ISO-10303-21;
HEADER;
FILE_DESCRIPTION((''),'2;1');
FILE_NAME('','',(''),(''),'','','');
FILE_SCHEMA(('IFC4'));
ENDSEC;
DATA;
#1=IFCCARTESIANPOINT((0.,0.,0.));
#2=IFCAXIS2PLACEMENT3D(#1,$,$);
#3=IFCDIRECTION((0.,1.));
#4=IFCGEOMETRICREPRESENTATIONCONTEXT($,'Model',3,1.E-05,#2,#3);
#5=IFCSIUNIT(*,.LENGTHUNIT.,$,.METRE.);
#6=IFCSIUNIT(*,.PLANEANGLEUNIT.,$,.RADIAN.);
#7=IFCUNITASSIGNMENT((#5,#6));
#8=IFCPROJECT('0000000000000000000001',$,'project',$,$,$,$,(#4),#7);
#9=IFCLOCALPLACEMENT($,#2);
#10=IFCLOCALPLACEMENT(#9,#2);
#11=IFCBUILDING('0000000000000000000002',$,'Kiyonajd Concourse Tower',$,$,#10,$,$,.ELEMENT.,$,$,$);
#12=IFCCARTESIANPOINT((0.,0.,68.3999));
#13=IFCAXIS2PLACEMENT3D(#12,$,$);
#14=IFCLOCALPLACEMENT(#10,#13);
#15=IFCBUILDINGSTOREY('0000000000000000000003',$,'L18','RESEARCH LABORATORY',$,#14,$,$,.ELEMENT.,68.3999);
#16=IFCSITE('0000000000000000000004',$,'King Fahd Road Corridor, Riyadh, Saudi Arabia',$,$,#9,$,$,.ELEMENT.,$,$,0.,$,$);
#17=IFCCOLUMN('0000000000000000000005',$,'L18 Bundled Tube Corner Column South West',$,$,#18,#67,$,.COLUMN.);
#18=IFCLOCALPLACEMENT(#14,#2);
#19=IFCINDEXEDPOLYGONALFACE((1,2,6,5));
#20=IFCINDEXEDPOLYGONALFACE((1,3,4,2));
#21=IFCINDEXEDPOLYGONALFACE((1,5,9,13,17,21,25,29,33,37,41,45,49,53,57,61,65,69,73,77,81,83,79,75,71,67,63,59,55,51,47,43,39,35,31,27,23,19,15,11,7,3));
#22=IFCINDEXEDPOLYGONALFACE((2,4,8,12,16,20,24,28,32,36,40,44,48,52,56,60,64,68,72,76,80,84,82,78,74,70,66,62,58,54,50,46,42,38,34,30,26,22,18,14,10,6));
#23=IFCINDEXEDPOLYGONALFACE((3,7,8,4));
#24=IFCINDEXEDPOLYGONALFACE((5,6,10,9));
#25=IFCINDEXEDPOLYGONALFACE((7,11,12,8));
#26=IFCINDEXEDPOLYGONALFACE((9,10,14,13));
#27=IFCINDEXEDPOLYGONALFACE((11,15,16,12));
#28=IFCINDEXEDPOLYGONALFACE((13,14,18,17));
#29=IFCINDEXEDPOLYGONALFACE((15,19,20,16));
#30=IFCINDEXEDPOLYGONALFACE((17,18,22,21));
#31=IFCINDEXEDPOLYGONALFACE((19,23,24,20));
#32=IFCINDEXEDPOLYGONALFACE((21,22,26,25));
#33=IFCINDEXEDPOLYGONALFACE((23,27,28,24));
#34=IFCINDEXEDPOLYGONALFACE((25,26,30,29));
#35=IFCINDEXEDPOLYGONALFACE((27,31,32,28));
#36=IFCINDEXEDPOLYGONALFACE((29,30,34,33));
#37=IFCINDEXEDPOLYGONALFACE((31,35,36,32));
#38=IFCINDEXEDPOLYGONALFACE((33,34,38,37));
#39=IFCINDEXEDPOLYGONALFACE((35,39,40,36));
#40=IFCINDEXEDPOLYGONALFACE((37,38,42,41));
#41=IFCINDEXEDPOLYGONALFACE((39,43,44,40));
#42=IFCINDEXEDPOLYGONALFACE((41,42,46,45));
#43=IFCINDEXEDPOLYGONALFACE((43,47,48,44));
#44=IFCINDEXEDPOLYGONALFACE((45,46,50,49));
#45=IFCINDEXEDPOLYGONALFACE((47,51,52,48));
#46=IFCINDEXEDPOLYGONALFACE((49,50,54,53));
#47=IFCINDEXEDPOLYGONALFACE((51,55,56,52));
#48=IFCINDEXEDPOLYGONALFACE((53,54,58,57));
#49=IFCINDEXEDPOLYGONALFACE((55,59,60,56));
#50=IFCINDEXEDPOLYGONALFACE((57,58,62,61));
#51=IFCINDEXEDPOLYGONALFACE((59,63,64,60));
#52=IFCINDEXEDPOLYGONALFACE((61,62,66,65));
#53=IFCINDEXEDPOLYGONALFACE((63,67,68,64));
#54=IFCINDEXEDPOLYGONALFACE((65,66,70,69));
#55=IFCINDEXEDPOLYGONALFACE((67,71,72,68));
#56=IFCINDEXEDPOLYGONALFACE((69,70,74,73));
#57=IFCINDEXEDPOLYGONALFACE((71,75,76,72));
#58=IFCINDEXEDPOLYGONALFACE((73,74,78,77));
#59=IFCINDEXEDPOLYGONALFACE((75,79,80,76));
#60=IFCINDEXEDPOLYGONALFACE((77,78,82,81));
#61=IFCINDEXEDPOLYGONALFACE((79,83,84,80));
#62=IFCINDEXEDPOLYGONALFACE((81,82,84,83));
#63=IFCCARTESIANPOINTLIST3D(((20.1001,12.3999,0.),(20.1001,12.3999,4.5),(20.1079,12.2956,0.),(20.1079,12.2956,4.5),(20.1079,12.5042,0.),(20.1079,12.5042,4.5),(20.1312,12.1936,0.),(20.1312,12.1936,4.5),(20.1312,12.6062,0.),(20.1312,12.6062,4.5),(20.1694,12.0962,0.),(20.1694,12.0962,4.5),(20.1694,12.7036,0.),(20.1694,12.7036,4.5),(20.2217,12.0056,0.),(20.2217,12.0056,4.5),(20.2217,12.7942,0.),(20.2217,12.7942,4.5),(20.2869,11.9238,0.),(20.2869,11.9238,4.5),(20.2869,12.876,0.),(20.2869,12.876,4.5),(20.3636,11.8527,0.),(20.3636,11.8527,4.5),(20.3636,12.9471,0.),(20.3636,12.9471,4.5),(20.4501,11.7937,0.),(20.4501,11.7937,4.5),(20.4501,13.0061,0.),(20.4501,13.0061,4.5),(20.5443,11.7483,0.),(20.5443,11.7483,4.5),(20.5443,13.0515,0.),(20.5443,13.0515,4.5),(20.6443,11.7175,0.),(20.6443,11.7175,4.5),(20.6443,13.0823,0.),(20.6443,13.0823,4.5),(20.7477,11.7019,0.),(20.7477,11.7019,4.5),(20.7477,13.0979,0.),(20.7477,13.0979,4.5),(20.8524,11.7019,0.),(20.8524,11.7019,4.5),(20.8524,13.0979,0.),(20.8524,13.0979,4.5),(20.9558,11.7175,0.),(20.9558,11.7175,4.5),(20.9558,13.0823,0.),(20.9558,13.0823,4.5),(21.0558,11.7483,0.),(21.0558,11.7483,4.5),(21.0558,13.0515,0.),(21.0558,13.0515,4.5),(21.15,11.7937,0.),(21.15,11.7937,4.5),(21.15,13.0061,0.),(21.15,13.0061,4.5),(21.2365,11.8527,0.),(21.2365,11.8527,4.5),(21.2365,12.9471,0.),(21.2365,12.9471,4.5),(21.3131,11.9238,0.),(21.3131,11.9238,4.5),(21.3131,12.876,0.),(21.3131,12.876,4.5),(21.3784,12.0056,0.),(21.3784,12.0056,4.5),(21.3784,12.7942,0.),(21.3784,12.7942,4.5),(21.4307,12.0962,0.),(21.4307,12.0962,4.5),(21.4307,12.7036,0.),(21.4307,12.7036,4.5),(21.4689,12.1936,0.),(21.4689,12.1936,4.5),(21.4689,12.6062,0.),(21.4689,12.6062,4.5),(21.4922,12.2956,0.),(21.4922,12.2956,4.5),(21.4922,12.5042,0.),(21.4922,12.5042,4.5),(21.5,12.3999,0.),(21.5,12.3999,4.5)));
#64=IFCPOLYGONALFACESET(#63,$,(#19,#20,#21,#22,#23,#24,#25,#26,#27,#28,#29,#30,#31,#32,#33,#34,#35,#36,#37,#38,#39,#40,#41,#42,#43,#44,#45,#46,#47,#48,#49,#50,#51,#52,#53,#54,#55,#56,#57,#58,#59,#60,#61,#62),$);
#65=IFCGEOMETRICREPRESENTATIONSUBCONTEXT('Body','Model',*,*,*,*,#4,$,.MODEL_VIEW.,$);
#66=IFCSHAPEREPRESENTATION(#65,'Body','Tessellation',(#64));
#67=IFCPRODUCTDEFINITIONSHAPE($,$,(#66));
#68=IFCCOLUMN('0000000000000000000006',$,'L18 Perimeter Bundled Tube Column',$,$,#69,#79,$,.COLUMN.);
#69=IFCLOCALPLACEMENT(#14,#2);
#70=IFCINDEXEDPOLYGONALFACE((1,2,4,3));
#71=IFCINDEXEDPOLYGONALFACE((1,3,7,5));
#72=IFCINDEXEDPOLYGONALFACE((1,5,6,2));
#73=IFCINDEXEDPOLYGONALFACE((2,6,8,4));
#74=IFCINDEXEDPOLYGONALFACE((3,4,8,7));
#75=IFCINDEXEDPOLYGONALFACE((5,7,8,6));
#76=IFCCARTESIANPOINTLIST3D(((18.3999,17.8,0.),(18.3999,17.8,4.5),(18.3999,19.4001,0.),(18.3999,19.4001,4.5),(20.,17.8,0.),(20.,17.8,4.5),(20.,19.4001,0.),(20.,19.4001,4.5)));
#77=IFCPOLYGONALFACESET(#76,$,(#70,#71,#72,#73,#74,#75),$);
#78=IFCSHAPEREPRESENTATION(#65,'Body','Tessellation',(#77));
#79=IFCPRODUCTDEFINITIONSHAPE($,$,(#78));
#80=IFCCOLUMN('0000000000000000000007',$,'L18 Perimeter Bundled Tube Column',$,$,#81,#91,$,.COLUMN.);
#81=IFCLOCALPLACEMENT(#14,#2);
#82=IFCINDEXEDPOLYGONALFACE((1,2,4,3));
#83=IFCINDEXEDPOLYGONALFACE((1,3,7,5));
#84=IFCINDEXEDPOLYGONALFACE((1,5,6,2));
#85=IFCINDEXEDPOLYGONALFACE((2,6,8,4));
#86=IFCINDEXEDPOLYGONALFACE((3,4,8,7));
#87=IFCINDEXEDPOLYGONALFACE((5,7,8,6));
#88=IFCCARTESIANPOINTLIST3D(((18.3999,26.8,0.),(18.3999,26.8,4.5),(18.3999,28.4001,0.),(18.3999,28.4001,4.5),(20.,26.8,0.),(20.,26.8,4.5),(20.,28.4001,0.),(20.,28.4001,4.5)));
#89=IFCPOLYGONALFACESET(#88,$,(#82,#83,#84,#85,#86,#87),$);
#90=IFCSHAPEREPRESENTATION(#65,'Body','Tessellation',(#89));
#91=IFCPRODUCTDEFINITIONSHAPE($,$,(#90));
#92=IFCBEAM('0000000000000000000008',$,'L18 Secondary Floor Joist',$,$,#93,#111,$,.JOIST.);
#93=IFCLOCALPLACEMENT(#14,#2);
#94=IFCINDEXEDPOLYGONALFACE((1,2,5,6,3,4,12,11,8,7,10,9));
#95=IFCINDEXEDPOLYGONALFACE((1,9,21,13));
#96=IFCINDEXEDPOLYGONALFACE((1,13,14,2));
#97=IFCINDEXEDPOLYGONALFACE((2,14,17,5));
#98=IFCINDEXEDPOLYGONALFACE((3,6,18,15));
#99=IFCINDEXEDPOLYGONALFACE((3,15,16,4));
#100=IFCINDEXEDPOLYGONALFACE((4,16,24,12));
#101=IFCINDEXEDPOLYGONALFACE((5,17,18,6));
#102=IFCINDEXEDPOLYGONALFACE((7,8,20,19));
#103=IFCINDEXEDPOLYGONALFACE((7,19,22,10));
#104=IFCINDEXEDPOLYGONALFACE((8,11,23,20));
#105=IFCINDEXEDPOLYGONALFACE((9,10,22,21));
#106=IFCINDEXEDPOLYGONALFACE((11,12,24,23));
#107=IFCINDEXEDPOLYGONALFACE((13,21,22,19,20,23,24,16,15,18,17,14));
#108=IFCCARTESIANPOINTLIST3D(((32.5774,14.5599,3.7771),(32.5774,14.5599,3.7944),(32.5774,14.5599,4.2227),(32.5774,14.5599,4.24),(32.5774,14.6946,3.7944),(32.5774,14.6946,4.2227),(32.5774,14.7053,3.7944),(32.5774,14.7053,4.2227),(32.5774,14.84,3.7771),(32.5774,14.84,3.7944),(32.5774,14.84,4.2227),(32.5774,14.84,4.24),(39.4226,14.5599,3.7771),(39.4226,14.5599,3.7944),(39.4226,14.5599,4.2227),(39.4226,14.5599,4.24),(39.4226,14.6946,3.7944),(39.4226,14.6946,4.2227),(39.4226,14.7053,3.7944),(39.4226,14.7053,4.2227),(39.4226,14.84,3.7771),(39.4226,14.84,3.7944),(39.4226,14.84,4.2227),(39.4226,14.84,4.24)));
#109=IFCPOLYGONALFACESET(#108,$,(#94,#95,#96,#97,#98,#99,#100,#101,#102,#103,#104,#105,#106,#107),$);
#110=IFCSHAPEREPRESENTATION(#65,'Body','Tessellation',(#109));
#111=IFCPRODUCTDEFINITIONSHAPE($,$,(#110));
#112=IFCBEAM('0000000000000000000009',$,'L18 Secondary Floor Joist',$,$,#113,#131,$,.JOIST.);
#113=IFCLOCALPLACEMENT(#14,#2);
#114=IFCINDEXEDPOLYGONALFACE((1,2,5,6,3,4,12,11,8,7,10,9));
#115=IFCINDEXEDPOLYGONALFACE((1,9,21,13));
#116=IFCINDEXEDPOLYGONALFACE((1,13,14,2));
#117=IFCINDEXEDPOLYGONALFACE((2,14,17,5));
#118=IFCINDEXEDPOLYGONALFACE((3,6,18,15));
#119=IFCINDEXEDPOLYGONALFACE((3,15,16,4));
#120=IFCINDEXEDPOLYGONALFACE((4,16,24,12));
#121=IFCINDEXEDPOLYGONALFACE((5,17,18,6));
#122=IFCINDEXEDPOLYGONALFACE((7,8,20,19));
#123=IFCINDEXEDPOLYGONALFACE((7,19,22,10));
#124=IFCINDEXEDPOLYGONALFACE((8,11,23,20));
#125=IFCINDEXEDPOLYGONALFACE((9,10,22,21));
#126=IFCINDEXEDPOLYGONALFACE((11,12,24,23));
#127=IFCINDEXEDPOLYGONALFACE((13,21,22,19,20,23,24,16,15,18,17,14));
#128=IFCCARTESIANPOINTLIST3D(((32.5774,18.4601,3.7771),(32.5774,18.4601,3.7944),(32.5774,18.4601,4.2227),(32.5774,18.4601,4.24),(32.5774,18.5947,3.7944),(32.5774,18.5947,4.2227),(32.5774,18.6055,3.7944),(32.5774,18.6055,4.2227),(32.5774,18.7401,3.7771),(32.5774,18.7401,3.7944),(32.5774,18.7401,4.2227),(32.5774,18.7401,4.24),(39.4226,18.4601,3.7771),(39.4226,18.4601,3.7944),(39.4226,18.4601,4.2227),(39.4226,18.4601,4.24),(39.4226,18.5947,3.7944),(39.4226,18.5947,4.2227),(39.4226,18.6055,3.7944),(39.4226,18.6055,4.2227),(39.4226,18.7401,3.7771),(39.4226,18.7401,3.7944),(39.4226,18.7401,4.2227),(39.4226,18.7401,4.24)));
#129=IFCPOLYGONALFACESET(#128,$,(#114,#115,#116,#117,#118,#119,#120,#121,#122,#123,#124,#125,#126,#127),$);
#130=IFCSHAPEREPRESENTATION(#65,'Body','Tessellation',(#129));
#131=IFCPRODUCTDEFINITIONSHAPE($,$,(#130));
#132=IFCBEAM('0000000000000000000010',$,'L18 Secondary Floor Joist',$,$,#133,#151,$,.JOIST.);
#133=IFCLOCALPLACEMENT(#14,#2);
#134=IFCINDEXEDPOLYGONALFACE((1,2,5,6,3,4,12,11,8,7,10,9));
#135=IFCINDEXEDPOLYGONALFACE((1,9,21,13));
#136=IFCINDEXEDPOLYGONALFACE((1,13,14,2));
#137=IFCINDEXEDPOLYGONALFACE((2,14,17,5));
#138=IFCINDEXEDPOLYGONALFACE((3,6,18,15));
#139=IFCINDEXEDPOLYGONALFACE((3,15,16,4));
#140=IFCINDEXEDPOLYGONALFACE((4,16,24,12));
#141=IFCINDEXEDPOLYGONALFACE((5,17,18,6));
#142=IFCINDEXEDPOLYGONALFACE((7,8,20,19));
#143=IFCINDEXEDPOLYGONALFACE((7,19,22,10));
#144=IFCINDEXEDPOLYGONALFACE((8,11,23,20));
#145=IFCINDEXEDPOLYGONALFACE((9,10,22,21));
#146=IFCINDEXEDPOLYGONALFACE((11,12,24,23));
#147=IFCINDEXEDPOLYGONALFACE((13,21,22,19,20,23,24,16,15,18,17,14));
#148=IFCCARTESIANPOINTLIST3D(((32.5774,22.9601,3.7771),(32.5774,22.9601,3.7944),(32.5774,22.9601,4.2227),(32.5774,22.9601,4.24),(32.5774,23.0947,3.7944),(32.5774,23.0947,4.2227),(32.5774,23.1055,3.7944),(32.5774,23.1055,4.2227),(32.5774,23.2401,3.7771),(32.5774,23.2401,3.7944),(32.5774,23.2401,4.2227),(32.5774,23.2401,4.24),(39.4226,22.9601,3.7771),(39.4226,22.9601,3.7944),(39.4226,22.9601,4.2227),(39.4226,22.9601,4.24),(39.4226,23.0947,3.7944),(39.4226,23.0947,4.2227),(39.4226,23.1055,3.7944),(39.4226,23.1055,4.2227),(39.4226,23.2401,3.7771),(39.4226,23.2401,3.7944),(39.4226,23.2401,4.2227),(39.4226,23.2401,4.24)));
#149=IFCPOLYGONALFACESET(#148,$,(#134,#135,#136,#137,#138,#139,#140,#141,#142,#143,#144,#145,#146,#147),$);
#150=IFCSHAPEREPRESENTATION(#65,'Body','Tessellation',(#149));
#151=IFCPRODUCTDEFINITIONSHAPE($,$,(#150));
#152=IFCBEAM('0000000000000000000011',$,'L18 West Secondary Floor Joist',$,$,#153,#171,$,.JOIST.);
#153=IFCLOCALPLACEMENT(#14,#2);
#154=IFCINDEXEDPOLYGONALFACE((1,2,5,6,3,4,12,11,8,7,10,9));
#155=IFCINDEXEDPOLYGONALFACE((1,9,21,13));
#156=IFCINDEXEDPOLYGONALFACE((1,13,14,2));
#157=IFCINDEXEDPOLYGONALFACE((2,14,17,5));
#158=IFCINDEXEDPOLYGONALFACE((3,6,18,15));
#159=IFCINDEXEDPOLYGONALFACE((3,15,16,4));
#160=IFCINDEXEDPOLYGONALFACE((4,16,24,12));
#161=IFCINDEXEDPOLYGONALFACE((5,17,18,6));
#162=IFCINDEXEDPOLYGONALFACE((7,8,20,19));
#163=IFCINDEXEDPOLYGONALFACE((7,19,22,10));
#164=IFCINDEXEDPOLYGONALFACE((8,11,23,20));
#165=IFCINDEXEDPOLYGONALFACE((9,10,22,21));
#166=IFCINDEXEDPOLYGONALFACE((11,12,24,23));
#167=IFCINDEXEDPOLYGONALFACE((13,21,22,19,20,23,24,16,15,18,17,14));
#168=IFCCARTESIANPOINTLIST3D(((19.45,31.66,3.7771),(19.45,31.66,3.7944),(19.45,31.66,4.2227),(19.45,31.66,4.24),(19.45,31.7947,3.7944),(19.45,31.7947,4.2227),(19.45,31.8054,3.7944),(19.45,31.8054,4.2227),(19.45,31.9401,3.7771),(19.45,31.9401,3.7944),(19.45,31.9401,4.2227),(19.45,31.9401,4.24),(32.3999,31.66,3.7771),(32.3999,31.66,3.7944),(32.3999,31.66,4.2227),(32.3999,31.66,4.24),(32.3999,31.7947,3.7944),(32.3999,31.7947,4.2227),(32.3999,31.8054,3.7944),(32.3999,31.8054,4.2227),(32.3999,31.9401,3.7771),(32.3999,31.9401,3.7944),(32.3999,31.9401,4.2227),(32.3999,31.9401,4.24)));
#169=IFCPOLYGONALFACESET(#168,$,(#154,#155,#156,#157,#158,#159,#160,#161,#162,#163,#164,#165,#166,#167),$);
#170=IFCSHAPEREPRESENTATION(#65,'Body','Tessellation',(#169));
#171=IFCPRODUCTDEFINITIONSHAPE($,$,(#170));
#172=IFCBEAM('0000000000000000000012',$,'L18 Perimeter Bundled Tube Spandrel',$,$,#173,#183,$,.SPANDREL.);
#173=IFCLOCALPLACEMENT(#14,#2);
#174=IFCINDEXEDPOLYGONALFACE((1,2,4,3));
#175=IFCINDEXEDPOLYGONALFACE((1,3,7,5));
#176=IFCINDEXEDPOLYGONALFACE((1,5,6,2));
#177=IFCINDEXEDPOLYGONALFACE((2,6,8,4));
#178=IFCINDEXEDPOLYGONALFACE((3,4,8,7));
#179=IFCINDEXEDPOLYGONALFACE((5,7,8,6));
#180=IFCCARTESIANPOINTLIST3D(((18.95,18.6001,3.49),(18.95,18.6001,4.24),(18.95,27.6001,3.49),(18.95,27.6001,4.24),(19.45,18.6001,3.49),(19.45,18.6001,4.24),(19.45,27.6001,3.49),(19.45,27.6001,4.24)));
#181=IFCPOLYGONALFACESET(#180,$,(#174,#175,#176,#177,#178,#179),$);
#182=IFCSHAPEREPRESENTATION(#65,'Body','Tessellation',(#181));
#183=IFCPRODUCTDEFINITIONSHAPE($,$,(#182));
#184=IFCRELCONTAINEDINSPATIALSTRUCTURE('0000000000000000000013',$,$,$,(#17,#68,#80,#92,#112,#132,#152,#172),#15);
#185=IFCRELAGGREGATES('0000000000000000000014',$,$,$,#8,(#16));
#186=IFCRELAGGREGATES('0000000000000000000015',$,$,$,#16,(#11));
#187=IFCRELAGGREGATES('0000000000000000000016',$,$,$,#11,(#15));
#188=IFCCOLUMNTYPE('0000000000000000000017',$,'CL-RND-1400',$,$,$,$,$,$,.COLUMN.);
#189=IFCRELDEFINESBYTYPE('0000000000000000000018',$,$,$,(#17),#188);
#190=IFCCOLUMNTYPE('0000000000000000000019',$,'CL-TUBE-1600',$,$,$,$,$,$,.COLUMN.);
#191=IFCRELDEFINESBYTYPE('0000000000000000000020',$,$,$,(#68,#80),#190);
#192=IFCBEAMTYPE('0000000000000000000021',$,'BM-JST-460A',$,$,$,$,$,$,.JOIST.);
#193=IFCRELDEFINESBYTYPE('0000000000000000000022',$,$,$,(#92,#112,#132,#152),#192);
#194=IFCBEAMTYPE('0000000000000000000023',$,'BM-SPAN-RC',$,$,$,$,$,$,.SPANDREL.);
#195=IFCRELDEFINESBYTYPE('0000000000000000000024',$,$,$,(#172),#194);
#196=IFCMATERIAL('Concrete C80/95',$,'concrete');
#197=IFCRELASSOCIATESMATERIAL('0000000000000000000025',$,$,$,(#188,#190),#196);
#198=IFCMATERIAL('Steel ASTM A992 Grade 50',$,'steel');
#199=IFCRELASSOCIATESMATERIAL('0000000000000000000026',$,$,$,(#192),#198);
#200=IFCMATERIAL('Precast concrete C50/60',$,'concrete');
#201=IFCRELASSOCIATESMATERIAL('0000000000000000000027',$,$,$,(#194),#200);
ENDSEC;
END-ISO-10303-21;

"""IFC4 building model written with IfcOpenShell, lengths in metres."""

from ifc_helpers import new_model, si_unit, direction, frame, origin, origin_2d, place, context, subcontext, project, spatial, rectangle, circle, i_section, extrude, material, material_profile, profile_set, type_object, element, save


model = new_model("IFC4")

# Units and contexts
model_context = context("Model", 3, precision=1e-05, world=origin(), true_north=direction((0.0, 1.0)))
body_context = subcontext(model_context, "Body", "Model", "MODEL_VIEW")
ifc_project = project(units=[si_unit("LENGTHUNIT", "METRE"), si_unit("PLANEANGLEUNIT", "RADIAN")], contexts=[model_context])

# Site, building, storey
site_placement = place(None, origin())
site = spatial("IfcSite", under=ifc_project, at=site_placement, Name="King Fahd Road Corridor, Riyadh, Saudi Arabia", CompositionType="ELEMENT", RefElevation=0.0)
building_placement = place(site_placement, origin())
building = spatial("IfcBuilding", under=site, at=building_placement, Name="Kiyonajd Concourse Tower", CompositionType="ELEMENT")
storey_placement = place(building_placement, frame((0.0, 0.0, 68.3999)))
storey = spatial("IfcBuildingStorey", under=building, at=storey_placement, Name="L18", Description="RESEARCH LABORATORY", CompositionType="ELEMENT", Elevation=68.3999)

# Columns
ifc_material_1 = material(Name="Concrete C80/95", Category="concrete")
ifc_material_profile_1 = material_profile(ifc_material_1, circle(Radius=0.7, at=origin_2d()), Name="RCC-D1400")
ifc_profile_set_1 = profile_set([ifc_material_profile_1], Name="Concrete C80/95")
column_type_1 = type_object("IfcColumnType", Name="CL-RND-1400", PredefinedType="COLUMN", material=ifc_profile_set_1)
column_placement = place(storey_placement, frame((20.8, 12.3999, 0.0), z_axis=(0.0, 0.0, 1.0), x_axis=(1.0, 0.0, 0.0)))
element("IfcColumn", 1, at=column_placement, inside=storey, type_object=column_type_1, Name="L18 Bundled Tube Corner Column South West", PredefinedType="COLUMN", context=body_context, shape_type="SweptSolid", body=[
    extrude(circle(Radius=0.7, at=origin_2d()), origin(), (0.0, 0.0, 1.0), 4.5),
])
ifc_material_profile_2 = material_profile(ifc_material_1, rectangle(XDim=1.6001, YDim=1.6001, at=origin_2d()), Name="RC-1600x1600")
ifc_profile_set_2 = profile_set([ifc_material_profile_2], Name="Concrete C80/95")
column_type_2 = type_object("IfcColumnType", Name="CL-TUBE-1600", PredefinedType="COLUMN", material=ifc_profile_set_2)
for number, where, z_axis, x_axis, name in (
    (2, (19.2, 18.6001, 0.0), (0.0, 0.0, 1.0), (1.0, 0.0, 0.0), "L18 Perimeter Bundled Tube Column"),
    (3, (19.2, 27.6001, 0.0), (0.0, 0.0, 1.0), (1.0, 0.0, 0.0), "L18 Perimeter Bundled Tube Column"),
):
    element("IfcColumn", number, at=place(storey_placement, frame(where, z_axis=z_axis, x_axis=x_axis)), inside=storey, type_object=column_type_2, Name=name, PredefinedType="COLUMN", context=body_context, shape_type="SweptSolid", body=[
        extrude(rectangle(XDim=1.6001, YDim=1.6001, at=origin_2d()), origin(), (0.0, 0.0, 1.0), 4.5),
    ])

# Beams
ifc_material_2 = material(Name="Steel ASTM A992 Grade 50", Category="steel")
ifc_material_profile_3 = material_profile(ifc_material_2, i_section(OverallWidth=0.28, OverallDepth=0.4629, WebThickness=0.0107, FlangeThickness=0.0173, at=origin_2d()), Name="W460X113")
ifc_profile_set_3 = profile_set([ifc_material_profile_3], Name="Steel ASTM A992 Grade 50")
beam_type_1 = type_object("IfcBeamType", Name="BM-JST-460A", PredefinedType="JOIST", material=ifc_profile_set_3)
for number, where, z_axis, x_axis, name in (
    (4, (32.5774, 14.7, 4.0085), (1.0, 0.0, 0.0), (0.0, 1.0, 0.0), "L18 Secondary Floor Joist"),
    (5, (32.5774, 18.6001, 4.0085), (1.0, 0.0, 0.0), (0.0, 1.0, 0.0), "L18 Secondary Floor Joist"),
    (6, (32.5774, 23.1001, 4.0085), (1.0, 0.0, 0.0), (0.0, 1.0, 0.0), "L18 Secondary Floor Joist"),
):
    element("IfcBeam", number, at=place(storey_placement, frame(where, z_axis=z_axis, x_axis=x_axis)), inside=storey, type_object=beam_type_1, Name=name, PredefinedType="JOIST", context=body_context, shape_type="SweptSolid", body=[
        extrude(i_section(OverallWidth=0.28, OverallDepth=0.4629, WebThickness=0.0107, FlangeThickness=0.0173, at=origin_2d()), origin(), (0.0, 0.0, 1.0), 6.8452),
    ])
beam_1_placement = place(storey_placement, frame((19.45, 31.8, 4.0085), z_axis=(1.0, 0.0, 0.0), x_axis=(0.0, 1.0, 0.0)))
element("IfcBeam", 7, at=beam_1_placement, inside=storey, type_object=beam_type_1, Name="L18 West Secondary Floor Joist", PredefinedType="JOIST", context=body_context, shape_type="SweptSolid", body=[
    extrude(i_section(OverallWidth=0.28, OverallDepth=0.4629, WebThickness=0.0107, FlangeThickness=0.0173, at=origin_2d()), origin(), (0.0, 0.0, 1.0), 12.95),
])
ifc_material_3 = material(Name="Precast concrete C50/60", Category="concrete")
ifc_material_profile_4 = material_profile(ifc_material_3, rectangle(XDim=0.5, YDim=0.75, at=origin_2d()), Name="RCBM-500x750")
ifc_profile_set_4 = profile_set([ifc_material_profile_4], Name="Precast concrete C50/60")
beam_type_2 = type_object("IfcBeamType", Name="BM-SPAN-RC", PredefinedType="SPANDREL", material=ifc_profile_set_4)
beam_2_placement = place(storey_placement, frame((19.2, 27.6001, 3.865), z_axis=(0.0, -1.0, 0.0), x_axis=(1.0, 0.0, 0.0)))
element("IfcBeam", 8, at=beam_2_placement, inside=storey, type_object=beam_type_2, Name="L18 Perimeter Bundled Tube Spandrel", PredefinedType="SPANDREL", context=body_context, shape_type="SweptSolid", body=[
    extrude(rectangle(XDim=0.5, YDim=0.75, at=origin_2d()), origin(), (0.0, 0.0, 1.0), 9.0),
])

save(model, "model.ifc")
